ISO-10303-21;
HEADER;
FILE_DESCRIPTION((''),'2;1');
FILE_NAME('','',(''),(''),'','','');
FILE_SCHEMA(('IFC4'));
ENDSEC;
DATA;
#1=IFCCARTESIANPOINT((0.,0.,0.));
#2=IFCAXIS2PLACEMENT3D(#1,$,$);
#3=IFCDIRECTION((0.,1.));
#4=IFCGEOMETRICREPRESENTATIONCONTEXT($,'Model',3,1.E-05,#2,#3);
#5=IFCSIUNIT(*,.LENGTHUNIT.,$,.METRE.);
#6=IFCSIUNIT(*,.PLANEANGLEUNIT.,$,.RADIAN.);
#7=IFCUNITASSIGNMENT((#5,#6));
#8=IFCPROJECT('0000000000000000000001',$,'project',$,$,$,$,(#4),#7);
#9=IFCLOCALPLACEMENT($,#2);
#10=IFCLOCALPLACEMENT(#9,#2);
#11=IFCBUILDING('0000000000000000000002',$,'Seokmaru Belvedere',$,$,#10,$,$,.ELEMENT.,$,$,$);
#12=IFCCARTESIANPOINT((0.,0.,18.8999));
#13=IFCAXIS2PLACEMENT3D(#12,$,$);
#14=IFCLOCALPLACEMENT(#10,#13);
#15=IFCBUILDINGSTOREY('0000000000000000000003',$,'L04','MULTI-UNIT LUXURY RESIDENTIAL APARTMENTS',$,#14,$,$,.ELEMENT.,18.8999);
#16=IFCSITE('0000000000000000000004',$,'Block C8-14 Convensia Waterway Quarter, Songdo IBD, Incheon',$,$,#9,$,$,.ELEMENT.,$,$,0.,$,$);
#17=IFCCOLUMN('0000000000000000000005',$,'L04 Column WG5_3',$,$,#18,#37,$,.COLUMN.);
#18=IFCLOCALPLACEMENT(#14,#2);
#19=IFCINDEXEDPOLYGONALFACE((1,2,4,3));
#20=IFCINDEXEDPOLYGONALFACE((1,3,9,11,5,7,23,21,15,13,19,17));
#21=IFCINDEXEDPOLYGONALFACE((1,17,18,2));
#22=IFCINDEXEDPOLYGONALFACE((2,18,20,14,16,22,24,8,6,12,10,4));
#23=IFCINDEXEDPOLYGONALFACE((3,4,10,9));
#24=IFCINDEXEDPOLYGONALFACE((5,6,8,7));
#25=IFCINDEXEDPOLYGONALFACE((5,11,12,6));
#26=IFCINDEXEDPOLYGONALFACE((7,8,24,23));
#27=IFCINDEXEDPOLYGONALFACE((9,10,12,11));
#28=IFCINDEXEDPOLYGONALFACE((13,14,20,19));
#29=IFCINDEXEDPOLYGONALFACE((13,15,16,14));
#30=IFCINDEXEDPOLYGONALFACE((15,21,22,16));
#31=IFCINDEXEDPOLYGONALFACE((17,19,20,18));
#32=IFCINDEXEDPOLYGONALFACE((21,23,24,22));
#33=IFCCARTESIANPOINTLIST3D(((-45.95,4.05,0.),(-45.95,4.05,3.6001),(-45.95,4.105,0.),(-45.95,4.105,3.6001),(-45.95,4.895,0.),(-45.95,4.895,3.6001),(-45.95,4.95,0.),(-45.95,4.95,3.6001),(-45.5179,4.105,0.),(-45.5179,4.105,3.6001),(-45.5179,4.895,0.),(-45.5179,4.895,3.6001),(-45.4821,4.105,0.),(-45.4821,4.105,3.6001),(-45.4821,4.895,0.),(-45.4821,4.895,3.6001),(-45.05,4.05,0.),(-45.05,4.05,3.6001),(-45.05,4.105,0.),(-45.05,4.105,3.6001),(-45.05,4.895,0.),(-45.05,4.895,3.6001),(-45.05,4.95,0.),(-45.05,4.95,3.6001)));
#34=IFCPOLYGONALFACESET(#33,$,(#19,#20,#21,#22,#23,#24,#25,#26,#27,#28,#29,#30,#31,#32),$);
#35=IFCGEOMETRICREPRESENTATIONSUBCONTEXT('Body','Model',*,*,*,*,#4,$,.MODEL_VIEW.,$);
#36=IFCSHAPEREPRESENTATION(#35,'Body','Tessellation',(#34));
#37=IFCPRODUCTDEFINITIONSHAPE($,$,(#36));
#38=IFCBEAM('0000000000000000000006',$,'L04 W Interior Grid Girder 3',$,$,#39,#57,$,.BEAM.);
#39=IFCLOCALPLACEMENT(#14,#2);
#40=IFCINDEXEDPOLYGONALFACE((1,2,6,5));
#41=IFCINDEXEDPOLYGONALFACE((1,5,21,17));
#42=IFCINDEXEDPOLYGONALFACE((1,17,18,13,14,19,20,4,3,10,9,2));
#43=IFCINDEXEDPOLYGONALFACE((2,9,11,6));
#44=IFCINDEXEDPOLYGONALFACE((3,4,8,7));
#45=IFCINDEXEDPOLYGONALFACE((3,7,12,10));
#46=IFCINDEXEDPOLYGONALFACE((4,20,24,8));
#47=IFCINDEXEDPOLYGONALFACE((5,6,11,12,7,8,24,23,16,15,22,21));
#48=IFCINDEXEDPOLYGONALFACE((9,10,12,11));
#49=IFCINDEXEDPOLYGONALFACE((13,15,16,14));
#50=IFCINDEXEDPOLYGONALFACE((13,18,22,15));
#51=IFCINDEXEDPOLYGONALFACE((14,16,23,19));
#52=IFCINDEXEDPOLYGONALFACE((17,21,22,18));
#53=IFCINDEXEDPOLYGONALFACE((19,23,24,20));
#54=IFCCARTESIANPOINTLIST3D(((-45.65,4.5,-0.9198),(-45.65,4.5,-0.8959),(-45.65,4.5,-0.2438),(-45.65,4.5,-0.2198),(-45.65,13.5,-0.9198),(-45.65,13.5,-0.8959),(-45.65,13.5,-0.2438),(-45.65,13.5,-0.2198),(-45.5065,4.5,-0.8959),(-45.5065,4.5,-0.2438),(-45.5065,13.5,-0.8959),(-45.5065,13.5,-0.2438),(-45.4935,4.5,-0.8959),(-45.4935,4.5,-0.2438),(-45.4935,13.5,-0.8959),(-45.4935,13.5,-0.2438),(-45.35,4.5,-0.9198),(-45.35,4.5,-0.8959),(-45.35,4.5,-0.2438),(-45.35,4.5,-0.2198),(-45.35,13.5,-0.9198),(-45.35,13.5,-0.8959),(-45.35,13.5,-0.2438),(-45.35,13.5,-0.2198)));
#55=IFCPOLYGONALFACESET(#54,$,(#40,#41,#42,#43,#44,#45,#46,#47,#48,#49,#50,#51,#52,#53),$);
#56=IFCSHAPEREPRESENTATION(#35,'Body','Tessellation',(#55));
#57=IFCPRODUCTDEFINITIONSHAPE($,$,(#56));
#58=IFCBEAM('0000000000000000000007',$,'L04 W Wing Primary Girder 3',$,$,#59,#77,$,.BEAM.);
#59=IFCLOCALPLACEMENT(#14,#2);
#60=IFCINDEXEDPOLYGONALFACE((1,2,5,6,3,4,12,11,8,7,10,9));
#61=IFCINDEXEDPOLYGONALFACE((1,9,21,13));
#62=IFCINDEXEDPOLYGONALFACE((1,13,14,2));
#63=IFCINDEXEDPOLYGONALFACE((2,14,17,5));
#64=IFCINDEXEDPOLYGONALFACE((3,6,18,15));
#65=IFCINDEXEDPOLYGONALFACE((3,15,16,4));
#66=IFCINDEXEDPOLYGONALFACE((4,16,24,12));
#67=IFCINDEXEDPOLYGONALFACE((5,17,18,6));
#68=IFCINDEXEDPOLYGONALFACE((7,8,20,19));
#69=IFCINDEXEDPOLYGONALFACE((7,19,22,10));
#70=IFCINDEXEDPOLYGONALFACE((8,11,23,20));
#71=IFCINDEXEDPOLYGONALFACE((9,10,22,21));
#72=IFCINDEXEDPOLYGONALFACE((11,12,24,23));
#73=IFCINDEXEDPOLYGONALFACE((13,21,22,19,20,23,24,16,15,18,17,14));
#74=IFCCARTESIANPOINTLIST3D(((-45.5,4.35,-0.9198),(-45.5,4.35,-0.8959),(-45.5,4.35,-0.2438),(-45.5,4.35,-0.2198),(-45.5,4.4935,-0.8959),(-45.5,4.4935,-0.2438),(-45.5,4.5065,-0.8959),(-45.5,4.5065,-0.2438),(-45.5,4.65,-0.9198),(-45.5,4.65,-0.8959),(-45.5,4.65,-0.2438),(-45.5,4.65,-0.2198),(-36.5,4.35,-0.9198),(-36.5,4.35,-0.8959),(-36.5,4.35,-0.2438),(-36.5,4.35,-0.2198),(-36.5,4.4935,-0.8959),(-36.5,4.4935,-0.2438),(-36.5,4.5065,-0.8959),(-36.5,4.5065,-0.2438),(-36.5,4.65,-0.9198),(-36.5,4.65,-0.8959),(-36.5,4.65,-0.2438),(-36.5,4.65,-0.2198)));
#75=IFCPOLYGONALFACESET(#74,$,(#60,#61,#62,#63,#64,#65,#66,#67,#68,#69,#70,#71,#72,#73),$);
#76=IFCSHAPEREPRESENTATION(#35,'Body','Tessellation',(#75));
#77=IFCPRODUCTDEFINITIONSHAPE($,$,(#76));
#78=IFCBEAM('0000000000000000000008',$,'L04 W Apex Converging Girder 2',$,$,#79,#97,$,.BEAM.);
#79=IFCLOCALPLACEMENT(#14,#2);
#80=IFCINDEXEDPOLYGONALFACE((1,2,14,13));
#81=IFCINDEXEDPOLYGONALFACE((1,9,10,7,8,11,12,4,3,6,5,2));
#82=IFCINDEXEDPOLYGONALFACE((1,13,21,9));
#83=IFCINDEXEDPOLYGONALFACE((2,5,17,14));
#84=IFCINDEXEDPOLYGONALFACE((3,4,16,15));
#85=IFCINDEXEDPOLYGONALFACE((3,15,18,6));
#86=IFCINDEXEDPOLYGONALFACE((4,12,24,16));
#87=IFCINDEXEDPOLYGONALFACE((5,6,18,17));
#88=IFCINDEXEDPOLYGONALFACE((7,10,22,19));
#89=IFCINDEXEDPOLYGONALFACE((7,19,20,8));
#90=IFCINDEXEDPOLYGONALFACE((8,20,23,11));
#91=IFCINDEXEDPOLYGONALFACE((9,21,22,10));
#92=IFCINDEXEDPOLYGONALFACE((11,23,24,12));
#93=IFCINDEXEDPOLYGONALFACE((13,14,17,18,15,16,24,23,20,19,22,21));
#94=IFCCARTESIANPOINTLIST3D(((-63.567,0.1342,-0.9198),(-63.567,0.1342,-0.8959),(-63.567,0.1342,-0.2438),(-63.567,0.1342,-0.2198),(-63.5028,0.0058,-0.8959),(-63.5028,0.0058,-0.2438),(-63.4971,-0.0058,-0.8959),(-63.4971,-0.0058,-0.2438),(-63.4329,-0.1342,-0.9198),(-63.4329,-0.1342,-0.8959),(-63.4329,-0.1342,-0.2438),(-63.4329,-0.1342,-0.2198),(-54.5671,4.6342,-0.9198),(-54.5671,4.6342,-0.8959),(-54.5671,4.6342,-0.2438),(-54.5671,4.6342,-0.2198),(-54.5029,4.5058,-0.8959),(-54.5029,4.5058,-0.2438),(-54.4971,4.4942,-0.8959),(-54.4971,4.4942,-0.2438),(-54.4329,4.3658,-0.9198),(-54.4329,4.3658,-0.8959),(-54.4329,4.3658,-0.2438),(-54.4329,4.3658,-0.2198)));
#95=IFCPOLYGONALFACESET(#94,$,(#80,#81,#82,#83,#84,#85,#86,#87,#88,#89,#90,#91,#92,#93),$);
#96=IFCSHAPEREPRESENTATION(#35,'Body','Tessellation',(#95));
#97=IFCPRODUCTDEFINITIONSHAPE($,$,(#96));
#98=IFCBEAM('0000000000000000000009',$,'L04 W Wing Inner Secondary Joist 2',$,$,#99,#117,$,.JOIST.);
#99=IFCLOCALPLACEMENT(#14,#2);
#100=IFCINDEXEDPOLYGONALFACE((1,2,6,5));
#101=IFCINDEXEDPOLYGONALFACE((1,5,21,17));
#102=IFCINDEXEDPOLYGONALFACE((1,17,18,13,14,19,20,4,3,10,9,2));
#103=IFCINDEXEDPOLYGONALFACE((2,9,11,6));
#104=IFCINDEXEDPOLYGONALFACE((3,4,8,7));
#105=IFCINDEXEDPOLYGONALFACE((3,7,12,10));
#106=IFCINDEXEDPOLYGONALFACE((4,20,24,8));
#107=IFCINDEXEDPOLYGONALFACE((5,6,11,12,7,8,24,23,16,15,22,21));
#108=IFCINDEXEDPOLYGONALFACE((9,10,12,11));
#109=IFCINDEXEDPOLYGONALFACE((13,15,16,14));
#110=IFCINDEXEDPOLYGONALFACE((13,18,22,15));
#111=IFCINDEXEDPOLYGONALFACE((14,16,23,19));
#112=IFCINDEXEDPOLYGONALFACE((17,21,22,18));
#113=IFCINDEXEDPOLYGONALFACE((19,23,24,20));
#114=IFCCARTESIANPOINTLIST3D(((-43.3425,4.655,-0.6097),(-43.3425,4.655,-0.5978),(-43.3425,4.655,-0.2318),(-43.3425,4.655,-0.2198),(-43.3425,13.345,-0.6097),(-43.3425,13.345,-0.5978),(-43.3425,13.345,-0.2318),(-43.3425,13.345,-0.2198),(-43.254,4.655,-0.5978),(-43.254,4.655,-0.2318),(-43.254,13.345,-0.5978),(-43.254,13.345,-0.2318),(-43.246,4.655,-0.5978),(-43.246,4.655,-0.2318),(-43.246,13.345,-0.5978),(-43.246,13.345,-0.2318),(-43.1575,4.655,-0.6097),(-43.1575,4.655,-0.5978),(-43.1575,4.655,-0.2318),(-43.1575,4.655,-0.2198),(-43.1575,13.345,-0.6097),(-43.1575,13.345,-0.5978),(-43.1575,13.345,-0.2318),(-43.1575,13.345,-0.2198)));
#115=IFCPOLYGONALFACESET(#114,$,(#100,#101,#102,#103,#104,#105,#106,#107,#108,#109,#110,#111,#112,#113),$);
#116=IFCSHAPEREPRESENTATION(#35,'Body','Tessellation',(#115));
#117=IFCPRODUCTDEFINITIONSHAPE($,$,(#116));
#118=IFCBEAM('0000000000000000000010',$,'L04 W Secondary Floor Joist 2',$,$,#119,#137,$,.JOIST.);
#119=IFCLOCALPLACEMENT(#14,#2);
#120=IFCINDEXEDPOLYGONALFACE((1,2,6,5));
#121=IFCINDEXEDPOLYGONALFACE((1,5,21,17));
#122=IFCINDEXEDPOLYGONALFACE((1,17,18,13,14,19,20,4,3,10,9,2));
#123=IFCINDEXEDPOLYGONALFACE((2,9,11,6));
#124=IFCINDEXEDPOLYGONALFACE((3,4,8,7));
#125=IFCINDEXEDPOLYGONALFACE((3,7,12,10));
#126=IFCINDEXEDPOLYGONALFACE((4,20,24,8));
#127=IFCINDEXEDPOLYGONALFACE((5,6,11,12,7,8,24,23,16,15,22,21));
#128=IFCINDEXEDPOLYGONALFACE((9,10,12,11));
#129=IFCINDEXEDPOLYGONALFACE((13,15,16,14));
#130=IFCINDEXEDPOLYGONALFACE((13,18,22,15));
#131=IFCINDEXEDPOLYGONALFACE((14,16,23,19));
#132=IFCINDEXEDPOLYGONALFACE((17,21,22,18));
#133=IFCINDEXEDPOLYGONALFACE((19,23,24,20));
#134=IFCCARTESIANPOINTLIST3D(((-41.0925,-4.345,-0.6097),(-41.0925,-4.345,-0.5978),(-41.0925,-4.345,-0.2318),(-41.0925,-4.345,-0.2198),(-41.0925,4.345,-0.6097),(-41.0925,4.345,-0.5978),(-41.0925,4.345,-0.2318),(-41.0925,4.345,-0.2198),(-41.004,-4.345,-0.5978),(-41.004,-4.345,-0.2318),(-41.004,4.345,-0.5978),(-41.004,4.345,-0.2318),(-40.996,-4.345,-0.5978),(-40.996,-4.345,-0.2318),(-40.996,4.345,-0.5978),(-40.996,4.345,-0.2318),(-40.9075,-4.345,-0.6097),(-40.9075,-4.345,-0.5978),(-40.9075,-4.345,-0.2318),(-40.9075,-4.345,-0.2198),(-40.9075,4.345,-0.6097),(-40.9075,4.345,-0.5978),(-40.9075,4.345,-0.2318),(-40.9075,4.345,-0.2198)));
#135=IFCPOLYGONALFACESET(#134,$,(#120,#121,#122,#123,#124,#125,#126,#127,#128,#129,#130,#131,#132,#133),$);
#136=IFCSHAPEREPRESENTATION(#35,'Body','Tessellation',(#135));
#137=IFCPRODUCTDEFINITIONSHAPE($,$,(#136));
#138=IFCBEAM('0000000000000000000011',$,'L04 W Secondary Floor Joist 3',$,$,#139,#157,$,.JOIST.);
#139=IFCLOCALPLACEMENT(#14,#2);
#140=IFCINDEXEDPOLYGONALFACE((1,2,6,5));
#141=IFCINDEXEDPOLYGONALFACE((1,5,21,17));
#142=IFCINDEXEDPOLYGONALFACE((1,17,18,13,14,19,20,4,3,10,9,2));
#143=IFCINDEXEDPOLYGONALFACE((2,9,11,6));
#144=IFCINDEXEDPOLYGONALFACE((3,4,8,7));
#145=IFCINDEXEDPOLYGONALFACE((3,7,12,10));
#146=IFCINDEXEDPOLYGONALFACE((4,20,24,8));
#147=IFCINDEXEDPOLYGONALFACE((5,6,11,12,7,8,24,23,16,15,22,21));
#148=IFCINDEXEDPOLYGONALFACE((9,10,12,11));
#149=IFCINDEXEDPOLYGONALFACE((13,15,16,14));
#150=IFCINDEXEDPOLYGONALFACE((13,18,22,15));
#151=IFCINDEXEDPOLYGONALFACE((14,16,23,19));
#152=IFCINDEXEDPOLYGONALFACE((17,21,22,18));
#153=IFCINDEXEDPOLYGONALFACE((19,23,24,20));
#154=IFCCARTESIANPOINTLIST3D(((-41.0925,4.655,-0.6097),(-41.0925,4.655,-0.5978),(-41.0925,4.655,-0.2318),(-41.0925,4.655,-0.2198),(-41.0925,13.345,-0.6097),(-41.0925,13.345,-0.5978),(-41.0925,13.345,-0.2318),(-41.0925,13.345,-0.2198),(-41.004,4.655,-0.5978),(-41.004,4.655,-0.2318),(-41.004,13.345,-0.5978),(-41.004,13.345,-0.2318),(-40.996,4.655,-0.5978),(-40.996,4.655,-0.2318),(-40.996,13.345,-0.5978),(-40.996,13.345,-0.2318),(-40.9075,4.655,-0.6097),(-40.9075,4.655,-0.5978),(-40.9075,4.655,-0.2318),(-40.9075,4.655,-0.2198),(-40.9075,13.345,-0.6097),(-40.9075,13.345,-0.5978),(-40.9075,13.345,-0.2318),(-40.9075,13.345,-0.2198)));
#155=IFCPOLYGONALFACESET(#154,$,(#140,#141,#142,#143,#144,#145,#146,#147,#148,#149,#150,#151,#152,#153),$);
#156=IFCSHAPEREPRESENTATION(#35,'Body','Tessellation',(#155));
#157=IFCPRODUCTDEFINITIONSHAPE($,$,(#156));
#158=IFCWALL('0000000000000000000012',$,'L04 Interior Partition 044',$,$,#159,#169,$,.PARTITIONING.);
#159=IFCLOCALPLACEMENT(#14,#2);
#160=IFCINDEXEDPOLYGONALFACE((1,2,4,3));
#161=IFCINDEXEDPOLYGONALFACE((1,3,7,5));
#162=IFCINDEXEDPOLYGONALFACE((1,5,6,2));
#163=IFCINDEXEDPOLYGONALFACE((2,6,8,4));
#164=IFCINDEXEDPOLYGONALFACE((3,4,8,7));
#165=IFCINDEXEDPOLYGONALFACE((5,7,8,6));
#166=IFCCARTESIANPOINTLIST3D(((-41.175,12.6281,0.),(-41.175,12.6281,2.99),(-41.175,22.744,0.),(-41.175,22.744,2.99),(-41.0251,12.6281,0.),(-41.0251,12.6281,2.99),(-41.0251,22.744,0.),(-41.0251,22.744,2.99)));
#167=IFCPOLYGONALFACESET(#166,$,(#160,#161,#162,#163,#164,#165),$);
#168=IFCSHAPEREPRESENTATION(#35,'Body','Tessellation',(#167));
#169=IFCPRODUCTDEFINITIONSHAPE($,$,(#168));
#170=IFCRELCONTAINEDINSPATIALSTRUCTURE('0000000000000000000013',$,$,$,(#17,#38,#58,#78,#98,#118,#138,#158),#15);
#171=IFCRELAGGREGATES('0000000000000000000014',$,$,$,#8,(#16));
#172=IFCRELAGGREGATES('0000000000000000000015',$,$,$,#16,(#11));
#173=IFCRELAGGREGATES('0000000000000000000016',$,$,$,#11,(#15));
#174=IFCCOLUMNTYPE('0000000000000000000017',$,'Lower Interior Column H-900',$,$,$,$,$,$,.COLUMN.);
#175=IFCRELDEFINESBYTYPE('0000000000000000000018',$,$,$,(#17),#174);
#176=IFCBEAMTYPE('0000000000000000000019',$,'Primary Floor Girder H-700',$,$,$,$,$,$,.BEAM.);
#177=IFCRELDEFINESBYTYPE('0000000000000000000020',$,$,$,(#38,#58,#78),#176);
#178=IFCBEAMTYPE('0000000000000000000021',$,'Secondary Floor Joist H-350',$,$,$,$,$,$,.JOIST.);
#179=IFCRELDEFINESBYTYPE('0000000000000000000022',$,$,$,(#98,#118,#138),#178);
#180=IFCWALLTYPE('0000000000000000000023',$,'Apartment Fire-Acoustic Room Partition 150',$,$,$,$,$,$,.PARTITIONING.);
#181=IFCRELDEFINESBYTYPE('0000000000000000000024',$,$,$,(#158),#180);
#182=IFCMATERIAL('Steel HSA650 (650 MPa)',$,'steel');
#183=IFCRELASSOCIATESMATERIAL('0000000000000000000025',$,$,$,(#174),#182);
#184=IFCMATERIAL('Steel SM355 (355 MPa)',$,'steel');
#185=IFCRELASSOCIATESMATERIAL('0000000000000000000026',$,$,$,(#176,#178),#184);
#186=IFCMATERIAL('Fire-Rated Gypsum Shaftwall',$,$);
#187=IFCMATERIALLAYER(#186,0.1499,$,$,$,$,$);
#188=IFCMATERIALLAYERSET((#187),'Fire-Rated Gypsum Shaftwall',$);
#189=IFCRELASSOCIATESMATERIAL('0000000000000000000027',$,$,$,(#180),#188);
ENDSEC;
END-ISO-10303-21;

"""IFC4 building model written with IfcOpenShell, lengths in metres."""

from ifc_helpers import new_model, si_unit, direction, frame, frame_2d, origin, origin_2d, place, context, subcontext, project, spatial, rectangle, i_section, extrude, source, transform, mapped, material, layer, layer_set, material_profile, profile_set, type_object, type_shapes, element, save


model = new_model("IFC4")

# Units and contexts
model_context = context("Model", 3, precision=1e-05, world=origin(), true_north=direction((0.0, 1.0)))
body_context = subcontext(model_context, "Body", "Model", "MODEL_VIEW")
ifc_project = project(units=[si_unit("LENGTHUNIT", "METRE"), si_unit("PLANEANGLEUNIT", "RADIAN")], contexts=[model_context])

# Site, building, storey
site_placement = place(None, origin())
site = spatial("IfcSite", under=ifc_project, at=site_placement, Name="Block C8-14 Convensia Waterway Quarter, Songdo IBD, Incheon", CompositionType="ELEMENT", RefElevation=0.0)
building_placement = place(site_placement, origin())
building = spatial("IfcBuilding", under=site, at=building_placement, Name="Seokmaru Belvedere", CompositionType="ELEMENT")
storey_placement = place(building_placement, frame((0.0, 0.0, 18.8999)))
storey = spatial("IfcBuildingStorey", under=building, at=storey_placement, Name="L04", Description="MULTI-UNIT LUXURY RESIDENTIAL APARTMENTS", CompositionType="ELEMENT", Elevation=18.8999)

# Column
ifc_material_1 = material(Name="Steel HSA650 (650 MPa)", Category="steel")
ifc_material_profile_1 = material_profile(ifc_material_1, i_section(OverallWidth=0.8999, OverallDepth=0.8999, WebThickness=0.0359, FlangeThickness=0.0549, at=origin_2d()), Name="H-900x900x36x55")
ifc_profile_set_1 = profile_set([ifc_material_profile_1], Name="Steel HSA650 (650 MPa)")
column_type = type_object("IfcColumnType", Name="Lower Interior Column H-900", PredefinedType="COLUMN", material=ifc_profile_set_1)
shared_shape_1 = source(origin(), body_context, "Body", "SweptSolid", [
    extrude(i_section(OverallWidth=0.8999, OverallDepth=0.8999, WebThickness=0.0359, FlangeThickness=0.0549, at=origin_2d()), origin(), (0.0, 0.0, 1.0), 3.6001),
])
type_shapes(column_type, [shared_shape_1])
column_placement = place(storey_placement, frame((-45.5, 4.5, 0.0), z_axis=(0.0, 0.0, 1.0), x_axis=(1.0, 0.0, 0.0)))
element("IfcColumn", 1, at=column_placement, inside=storey, type_object=column_type, Name="L04 Column WG5_3", PredefinedType="COLUMN", context=body_context, shape_type="MappedRepresentation", body=[
    mapped(shared_shape_1, transform((0.0, 0.0, 0.0), scale=1.0)),
])

# Beams
ifc_material_2 = material(Name="Steel SM355 (355 MPa)", Category="steel")
ifc_material_profile_2 = material_profile(ifc_material_2, i_section(OverallWidth=0.3, OverallDepth=0.7, WebThickness=0.0129, FlangeThickness=0.0239, at=origin_2d()), Name="H-700x300x13x24")
ifc_profile_set_2 = profile_set([ifc_material_profile_2], Name="Steel SM355 (355 MPa)")
beam_type_1 = type_object("IfcBeamType", Name="Primary Floor Girder H-700", PredefinedType="BEAM", material=ifc_profile_set_2)
shared_shape_2 = source(origin(), body_context, "Body", "SweptSolid", [
    extrude(i_section(OverallWidth=0.3, OverallDepth=0.7, WebThickness=0.0129, FlangeThickness=0.0239, at=origin_2d()), origin(), (0.0, 0.0, 1.0), 9.0),
])
for number, where, z_axis, x_axis, name in (
    (2, (-45.5, 4.5, -0.5698), (0.0, 1.0, 0.0), (-1.0, 0.0, 0.0), "L04 W Interior Grid Girder 3"),
    (3, (-45.5, 4.5, -0.5698), (1.0, 0.0, 0.0), (0.0, 1.0, 0.0), "L04 W Wing Primary Girder 3"),
):
    element("IfcBeam", number, at=place(storey_placement, frame(where, z_axis=z_axis, x_axis=x_axis)), inside=storey, type_object=beam_type_1, Name=name, PredefinedType="BEAM", context=body_context, shape_type="MappedRepresentation", body=[
        mapped(shared_shape_2, transform((0.0, 0.0, 0.0), scale=1.0)),
    ])
shared_shape_3 = source(origin(), body_context, "Body", "SweptSolid", [
    extrude(i_section(OverallWidth=0.3, OverallDepth=0.7, WebThickness=0.0129, FlangeThickness=0.0239, at=origin_2d()), origin(), (0.0, 0.0, 1.0), 10.0623),
])
type_shapes(beam_type_1, [shared_shape_2, shared_shape_3])
beam_placement = place(storey_placement, frame((-54.5, 4.5, -0.5698), z_axis=(-0.894427, -0.447214, 0.0), x_axis=(0.447214, -0.894427, 0.0)))
element("IfcBeam", 4, at=beam_placement, inside=storey, type_object=beam_type_1, Name="L04 W Apex Converging Girder 2", PredefinedType="BEAM", context=body_context, shape_type="MappedRepresentation", body=[
    mapped(shared_shape_3, transform((0.0, 0.0, 0.0), scale=1.0)),
])
ifc_material_profile_3 = material_profile(ifc_material_2, i_section(OverallWidth=0.1851, OverallDepth=0.3899, WebThickness=0.0081, FlangeThickness=0.012, at=origin_2d()), Name="H-390x185x8x12")
ifc_profile_set_3 = profile_set([ifc_material_profile_3], Name="Steel SM355 (355 MPa)")
beam_type_2 = type_object("IfcBeamType", Name="Secondary Floor Joist H-350", PredefinedType="JOIST", material=ifc_profile_set_3)
shared_shape_4 = source(origin(), body_context, "Body", "SweptSolid", [
    extrude(i_section(OverallWidth=0.1851, OverallDepth=0.3899, WebThickness=0.0081, FlangeThickness=0.012, at=origin_2d()), origin(), (0.0, 0.0, 1.0), 8.6899),
])
type_shapes(beam_type_2, [shared_shape_4])
for number, where, z_axis, x_axis, name in (
    (5, (-43.25, 4.655, -0.4148), (0.0, 1.0, 0.0), (-1.0, 0.0, 0.0), "L04 W Wing Inner Secondary Joist 2"),
    (6, (-41.0, -4.345, -0.4148), (0.0, 1.0, 0.0), (-1.0, 0.0, 0.0), "L04 W Secondary Floor Joist 2"),
    (7, (-41.0, 4.655, -0.4148), (0.0, 1.0, 0.0), (-1.0, 0.0, 0.0), "L04 W Secondary Floor Joist 3"),
):
    element("IfcBeam", number, at=place(storey_placement, frame(where, z_axis=z_axis, x_axis=x_axis)), inside=storey, type_object=beam_type_2, Name=name, PredefinedType="JOIST", context=body_context, shape_type="MappedRepresentation", body=[
        mapped(shared_shape_4, transform((0.0, 0.0, 0.0), scale=1.0)),
    ])

# Shared definitions
ifc_material_3 = material(Name="Fire-Rated Gypsum Shaftwall")
ifc_layer_1 = layer(ifc_material_3, 0.1499)
ifc_layer_set_1 = layer_set([ifc_layer_1], Name="Fire-Rated Gypsum Shaftwall")
wall_type_1 = type_object("IfcWallType", Name="Apartment Fire-Acoustic Room Partition 150", PredefinedType="PARTITIONING", material=ifc_layer_set_1)

# Wall
wall_1_placement = place(storey_placement, frame((-41.1001, 12.6279, 0.0), z_axis=(0.0, 0.0, 1.0), x_axis=(0.0, 1.0, 0.0)))
element("IfcWall", 8, at=wall_1_placement, inside=storey, type_object=wall_type_1, Name="L04 Interior Partition 044", PredefinedType="PARTITIONING", context=body_context, shape_type="SweptSolid", body=[
    extrude(rectangle(XDim=10.116, YDim=0.1499, at=frame_2d((5.0581, 0.0))), origin(), (0.0, 0.0, 1.0), 2.99),
])

save(model, "model.ifc")
